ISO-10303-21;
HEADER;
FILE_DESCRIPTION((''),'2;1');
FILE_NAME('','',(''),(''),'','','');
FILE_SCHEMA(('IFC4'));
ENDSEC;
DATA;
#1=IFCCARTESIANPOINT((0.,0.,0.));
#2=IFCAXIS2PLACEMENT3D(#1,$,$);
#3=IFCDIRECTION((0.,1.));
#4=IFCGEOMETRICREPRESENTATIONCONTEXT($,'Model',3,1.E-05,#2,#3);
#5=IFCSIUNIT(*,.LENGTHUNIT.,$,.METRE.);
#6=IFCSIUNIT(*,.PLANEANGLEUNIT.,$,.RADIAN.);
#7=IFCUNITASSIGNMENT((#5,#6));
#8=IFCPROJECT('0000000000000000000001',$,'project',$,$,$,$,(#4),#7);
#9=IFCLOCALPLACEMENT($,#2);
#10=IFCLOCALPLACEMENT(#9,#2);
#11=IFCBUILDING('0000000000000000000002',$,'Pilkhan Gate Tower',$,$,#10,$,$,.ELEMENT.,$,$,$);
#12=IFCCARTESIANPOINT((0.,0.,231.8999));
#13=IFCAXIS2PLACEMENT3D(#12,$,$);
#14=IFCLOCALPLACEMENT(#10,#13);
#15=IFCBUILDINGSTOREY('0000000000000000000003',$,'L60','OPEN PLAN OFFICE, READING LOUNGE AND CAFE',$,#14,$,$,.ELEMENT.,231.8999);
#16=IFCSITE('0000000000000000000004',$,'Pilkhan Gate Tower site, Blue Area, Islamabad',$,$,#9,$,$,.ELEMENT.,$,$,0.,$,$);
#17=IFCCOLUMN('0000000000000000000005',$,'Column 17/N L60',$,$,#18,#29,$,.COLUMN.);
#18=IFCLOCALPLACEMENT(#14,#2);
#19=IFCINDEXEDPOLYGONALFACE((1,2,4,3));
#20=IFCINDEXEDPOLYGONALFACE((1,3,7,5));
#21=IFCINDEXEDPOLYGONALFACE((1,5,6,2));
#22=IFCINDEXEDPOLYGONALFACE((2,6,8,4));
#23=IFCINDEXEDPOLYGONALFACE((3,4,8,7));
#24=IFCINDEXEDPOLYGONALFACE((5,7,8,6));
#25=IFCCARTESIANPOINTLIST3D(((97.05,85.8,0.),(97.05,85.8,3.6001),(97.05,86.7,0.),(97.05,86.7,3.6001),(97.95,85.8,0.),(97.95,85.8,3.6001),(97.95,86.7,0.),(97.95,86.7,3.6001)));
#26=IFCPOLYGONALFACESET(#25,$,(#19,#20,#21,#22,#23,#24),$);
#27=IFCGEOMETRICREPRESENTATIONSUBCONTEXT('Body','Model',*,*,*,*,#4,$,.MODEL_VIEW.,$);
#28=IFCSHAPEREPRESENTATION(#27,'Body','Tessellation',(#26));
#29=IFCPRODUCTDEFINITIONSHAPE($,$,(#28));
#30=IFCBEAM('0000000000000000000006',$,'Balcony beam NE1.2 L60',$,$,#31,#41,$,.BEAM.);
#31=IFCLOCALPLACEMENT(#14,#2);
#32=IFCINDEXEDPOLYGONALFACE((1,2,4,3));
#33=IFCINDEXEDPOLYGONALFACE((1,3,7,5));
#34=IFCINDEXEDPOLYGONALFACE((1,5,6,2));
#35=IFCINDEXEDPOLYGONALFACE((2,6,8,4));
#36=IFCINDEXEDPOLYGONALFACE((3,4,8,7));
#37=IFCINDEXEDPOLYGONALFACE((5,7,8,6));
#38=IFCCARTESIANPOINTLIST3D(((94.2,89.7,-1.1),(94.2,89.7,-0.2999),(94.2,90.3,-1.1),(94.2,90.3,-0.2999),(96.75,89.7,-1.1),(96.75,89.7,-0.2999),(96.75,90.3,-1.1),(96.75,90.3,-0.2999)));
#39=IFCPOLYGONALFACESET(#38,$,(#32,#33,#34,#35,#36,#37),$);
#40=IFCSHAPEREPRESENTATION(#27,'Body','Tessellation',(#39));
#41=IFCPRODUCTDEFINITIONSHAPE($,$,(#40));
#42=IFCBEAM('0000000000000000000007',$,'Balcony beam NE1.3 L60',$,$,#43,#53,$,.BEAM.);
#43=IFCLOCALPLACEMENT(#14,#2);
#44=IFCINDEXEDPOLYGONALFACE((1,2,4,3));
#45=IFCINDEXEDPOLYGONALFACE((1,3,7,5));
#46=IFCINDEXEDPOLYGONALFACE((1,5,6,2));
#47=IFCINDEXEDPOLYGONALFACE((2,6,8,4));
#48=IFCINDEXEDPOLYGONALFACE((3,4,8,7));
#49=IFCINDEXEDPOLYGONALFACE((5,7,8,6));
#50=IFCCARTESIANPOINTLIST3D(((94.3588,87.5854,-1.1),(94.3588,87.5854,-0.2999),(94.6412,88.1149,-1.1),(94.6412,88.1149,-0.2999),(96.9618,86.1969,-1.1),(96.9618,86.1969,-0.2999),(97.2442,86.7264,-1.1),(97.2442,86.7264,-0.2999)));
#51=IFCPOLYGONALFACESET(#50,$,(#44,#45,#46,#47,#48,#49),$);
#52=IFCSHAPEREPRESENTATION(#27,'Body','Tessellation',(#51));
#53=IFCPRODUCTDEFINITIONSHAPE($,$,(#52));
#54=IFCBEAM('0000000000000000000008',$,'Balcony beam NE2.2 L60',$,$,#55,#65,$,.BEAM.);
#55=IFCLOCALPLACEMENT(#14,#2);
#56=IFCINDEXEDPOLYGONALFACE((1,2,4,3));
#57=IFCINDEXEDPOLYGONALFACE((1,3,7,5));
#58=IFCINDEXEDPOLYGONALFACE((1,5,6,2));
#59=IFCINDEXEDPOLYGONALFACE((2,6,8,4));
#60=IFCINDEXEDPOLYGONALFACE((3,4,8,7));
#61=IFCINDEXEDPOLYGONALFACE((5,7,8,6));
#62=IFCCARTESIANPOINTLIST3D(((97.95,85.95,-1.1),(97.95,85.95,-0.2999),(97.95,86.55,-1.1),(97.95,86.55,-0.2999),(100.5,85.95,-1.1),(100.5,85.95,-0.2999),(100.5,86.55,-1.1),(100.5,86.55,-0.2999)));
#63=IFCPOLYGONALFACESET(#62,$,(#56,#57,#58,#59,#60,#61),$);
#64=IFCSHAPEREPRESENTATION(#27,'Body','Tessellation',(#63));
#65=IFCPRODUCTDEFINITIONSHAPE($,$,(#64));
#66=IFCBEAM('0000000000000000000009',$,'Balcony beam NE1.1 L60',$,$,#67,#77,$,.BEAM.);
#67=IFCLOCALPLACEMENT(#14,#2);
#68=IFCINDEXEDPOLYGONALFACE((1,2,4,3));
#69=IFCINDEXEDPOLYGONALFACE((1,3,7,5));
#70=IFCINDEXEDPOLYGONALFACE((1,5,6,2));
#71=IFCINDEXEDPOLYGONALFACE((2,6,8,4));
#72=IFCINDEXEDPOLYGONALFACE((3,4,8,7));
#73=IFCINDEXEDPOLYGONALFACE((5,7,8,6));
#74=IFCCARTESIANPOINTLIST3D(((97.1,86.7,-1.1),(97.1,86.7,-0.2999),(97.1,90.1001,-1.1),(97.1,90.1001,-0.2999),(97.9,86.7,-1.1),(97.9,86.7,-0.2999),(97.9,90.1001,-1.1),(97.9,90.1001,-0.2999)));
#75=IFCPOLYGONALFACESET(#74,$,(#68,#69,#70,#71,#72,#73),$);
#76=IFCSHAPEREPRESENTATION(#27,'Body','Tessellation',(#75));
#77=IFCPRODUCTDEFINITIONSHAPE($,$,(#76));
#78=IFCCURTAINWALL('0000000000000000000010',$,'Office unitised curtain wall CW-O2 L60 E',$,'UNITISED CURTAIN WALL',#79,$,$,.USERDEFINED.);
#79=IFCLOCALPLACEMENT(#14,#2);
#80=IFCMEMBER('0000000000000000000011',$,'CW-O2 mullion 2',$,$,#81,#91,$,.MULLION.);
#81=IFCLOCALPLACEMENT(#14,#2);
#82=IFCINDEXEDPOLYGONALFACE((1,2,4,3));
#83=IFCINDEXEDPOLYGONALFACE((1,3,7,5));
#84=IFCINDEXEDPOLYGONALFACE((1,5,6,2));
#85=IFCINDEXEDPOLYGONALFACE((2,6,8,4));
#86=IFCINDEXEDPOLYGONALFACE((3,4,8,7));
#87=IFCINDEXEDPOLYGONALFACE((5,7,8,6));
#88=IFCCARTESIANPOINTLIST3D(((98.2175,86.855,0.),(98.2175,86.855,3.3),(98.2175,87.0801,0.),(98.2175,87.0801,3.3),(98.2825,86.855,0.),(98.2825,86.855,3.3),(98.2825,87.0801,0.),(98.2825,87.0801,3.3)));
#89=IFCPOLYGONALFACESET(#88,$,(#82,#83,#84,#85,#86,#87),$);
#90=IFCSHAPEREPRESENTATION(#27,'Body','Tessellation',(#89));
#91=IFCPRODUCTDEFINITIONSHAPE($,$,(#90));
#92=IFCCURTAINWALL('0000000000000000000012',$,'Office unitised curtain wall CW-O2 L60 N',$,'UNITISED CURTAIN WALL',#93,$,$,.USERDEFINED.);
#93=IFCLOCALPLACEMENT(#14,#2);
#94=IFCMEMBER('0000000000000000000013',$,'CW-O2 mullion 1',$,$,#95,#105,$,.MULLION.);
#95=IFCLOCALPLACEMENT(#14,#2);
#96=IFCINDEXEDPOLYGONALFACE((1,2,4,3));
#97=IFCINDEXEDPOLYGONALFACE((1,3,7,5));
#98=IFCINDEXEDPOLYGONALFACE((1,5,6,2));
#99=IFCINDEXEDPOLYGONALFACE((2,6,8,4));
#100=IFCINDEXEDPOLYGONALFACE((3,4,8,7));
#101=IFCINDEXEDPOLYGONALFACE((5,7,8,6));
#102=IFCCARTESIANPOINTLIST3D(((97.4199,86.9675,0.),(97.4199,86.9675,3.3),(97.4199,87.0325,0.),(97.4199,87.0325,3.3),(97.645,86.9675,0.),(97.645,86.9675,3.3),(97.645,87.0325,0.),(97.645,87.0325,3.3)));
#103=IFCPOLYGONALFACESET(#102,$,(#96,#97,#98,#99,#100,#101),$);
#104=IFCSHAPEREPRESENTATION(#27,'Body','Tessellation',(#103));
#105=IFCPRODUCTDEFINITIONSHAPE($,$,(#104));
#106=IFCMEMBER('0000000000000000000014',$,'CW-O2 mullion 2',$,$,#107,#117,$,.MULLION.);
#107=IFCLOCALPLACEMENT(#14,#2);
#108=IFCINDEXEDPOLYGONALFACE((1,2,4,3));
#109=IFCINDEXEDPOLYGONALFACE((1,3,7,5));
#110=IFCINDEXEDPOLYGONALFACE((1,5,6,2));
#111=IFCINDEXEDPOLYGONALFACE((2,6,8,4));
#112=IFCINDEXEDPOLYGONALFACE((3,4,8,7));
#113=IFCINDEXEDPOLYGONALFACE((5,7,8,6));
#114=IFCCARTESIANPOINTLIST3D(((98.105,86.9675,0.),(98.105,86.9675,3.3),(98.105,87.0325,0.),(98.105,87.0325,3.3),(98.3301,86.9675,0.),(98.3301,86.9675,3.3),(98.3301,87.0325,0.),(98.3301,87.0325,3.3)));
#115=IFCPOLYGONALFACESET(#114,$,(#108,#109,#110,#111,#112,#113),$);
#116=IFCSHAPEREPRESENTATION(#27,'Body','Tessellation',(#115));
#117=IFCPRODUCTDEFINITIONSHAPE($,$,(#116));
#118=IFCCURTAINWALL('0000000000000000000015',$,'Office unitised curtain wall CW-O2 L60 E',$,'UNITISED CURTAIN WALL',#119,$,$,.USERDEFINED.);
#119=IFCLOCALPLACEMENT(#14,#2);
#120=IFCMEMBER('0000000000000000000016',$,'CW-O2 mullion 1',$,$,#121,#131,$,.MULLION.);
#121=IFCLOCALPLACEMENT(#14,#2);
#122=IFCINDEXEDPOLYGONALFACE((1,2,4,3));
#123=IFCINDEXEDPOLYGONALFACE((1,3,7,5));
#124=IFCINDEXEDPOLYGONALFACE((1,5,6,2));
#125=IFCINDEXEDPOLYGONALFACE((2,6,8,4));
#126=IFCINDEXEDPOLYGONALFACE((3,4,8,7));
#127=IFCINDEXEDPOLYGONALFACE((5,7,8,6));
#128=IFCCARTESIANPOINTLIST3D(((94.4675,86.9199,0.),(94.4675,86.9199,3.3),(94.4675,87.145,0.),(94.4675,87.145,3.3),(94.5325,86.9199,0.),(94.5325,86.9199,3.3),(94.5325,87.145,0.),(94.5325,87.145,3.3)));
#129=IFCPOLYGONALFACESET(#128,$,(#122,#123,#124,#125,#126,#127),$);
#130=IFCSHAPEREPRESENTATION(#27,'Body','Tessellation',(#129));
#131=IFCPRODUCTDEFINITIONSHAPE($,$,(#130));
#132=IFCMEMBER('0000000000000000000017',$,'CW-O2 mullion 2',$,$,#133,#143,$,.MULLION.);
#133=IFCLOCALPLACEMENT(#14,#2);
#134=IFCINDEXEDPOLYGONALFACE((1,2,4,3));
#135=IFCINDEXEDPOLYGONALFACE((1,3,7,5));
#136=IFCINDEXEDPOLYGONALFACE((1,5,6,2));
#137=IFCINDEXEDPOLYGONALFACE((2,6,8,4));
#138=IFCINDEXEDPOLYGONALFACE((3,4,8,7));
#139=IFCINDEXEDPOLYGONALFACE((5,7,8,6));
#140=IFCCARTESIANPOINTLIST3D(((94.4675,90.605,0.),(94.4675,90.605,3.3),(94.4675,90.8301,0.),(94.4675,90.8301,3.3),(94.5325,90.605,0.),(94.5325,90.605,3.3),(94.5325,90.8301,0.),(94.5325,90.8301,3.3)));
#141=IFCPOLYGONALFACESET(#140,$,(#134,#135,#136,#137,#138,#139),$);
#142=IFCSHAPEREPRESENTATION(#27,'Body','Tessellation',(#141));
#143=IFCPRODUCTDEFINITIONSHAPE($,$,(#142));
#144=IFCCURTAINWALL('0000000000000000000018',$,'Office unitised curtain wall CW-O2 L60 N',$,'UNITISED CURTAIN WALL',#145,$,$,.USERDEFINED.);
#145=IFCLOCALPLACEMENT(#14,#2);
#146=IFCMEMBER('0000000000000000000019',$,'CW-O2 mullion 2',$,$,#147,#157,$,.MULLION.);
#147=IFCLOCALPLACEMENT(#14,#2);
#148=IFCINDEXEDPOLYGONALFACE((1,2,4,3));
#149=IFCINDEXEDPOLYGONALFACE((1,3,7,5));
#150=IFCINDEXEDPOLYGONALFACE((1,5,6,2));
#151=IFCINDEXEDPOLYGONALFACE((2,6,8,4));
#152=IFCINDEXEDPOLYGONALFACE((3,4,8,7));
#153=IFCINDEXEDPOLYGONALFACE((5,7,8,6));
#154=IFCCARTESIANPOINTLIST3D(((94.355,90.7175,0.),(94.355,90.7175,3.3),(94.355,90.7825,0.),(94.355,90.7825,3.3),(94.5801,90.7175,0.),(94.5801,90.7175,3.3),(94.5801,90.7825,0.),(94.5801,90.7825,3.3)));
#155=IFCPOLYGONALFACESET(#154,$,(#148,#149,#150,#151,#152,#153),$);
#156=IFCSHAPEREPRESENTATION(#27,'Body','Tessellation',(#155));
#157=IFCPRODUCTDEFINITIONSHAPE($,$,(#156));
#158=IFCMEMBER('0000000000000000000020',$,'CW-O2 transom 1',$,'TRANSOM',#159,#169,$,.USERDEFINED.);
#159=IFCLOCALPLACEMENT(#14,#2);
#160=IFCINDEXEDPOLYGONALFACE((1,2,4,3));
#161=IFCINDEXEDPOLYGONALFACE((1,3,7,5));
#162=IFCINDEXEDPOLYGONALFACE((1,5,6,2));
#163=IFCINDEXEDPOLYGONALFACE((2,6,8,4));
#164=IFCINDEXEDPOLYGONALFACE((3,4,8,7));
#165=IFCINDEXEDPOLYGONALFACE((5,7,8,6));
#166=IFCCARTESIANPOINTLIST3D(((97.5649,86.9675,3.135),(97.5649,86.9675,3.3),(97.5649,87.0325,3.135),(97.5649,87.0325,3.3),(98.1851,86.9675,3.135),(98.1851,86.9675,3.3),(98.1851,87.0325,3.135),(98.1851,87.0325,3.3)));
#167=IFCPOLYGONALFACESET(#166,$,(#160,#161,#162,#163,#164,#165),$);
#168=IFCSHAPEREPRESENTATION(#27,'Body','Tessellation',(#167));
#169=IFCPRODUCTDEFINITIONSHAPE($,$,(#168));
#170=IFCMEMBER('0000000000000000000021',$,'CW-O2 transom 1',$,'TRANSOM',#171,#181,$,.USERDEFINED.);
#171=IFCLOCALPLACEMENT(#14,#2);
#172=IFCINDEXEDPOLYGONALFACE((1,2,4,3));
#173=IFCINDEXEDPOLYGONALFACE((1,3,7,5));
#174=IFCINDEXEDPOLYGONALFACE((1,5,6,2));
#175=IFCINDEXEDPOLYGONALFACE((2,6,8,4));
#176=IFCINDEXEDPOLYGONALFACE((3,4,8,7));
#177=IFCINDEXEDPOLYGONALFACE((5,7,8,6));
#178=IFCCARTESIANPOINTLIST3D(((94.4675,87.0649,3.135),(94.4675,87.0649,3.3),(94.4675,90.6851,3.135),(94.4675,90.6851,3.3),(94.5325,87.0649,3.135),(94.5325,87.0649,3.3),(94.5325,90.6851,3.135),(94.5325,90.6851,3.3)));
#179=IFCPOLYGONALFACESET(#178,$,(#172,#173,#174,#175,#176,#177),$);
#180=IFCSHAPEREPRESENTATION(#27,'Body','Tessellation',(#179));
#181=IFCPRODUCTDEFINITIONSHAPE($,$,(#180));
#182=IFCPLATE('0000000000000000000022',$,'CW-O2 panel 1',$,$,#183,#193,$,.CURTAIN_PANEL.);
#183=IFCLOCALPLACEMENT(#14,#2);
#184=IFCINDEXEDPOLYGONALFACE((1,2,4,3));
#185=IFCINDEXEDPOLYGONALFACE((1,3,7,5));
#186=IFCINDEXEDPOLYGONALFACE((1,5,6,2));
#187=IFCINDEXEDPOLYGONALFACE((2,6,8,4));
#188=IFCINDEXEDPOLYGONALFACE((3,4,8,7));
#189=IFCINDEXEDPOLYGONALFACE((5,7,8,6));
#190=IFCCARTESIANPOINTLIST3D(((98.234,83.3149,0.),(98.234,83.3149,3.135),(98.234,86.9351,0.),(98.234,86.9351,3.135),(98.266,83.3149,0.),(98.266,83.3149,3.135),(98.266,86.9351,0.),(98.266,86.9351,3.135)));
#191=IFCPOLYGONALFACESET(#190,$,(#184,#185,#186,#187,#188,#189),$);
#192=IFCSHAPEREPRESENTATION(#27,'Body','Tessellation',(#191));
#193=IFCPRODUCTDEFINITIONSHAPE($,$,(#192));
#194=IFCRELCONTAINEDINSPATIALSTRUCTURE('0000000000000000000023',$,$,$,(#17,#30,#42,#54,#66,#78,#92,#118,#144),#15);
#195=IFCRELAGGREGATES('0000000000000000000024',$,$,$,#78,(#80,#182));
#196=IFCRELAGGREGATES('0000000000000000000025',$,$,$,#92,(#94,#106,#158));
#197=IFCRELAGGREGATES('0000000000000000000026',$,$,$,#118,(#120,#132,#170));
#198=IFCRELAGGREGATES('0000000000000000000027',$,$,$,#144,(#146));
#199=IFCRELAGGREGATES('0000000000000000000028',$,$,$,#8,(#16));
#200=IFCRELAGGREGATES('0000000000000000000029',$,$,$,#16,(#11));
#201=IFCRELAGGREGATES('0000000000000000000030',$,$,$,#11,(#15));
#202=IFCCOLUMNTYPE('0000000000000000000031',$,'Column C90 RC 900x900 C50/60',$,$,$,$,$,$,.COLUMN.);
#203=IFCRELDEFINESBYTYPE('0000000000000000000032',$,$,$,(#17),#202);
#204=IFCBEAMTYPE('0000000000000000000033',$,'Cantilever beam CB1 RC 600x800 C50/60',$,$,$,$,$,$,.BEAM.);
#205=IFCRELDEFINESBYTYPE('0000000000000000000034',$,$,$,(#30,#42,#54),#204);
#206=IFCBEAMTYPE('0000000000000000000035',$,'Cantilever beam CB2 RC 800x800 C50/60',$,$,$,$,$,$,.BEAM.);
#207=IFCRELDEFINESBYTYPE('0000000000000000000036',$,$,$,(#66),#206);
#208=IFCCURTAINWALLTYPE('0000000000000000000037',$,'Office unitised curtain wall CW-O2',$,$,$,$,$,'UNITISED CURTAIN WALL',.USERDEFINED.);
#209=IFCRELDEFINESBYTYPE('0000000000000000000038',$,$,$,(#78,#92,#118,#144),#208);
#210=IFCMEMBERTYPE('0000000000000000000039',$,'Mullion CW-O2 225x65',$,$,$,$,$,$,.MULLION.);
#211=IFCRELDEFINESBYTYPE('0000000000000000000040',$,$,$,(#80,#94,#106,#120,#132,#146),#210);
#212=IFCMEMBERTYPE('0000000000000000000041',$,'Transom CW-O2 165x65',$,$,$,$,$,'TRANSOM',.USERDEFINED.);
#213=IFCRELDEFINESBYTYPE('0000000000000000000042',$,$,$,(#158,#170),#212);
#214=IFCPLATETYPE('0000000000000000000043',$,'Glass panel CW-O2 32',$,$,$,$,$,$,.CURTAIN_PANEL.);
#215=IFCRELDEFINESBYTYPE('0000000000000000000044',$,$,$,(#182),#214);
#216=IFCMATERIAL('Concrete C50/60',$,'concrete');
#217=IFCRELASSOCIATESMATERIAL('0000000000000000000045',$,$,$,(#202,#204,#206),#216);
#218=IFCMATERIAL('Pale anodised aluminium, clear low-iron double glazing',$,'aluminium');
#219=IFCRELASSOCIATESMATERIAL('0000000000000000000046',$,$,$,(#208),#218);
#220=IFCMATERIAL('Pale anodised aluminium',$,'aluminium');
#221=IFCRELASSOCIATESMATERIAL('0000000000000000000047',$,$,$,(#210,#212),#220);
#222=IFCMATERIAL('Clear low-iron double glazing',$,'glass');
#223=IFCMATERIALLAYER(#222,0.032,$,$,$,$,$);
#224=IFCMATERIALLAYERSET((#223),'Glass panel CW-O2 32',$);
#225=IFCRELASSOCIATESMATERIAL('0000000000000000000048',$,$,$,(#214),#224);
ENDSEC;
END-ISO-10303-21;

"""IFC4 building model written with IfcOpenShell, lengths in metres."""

from ifc_helpers import new_model, si_unit, direction, frame, origin, origin_2d, place, context, subcontext, project, spatial, rectangle, extrude, material, layer, layer_set, material_profile, profile_set, type_object, element, aggregate, save


model = new_model("IFC4")

# Units and contexts
model_context = context("Model", 3, precision=1e-05, world=origin(), true_north=direction((0.0, 1.0)))
body_context = subcontext(model_context, "Body", "Model", "MODEL_VIEW")
ifc_project = project(units=[si_unit("LENGTHUNIT", "METRE"), si_unit("PLANEANGLEUNIT", "RADIAN")], contexts=[model_context])

# Site, building, storey
site_placement = place(None, origin())
site = spatial("IfcSite", under=ifc_project, at=site_placement, Name="Pilkhan Gate Tower site, Blue Area, Islamabad", CompositionType="ELEMENT", RefElevation=0.0)
building_placement = place(site_placement, origin())
building = spatial("IfcBuilding", under=site, at=building_placement, Name="Pilkhan Gate Tower", CompositionType="ELEMENT")
storey_placement = place(building_placement, frame((0.0, 0.0, 231.8999)))
storey = spatial("IfcBuildingStorey", under=building, at=storey_placement, Name="L60", Description="OPEN PLAN OFFICE, READING LOUNGE AND CAFE", CompositionType="ELEMENT", Elevation=231.8999)

# Column
ifc_material_1 = material(Name="Concrete C50/60", Category="concrete")
ifc_material_profile_1 = material_profile(ifc_material_1, rectangle(XDim=0.8999, YDim=0.8999, at=origin_2d()), Name="RC 900x900")
ifc_profile_set_1 = profile_set([ifc_material_profile_1], Name="Concrete C50/60")
column_type = type_object("IfcColumnType", Name="Column C90 RC 900x900 C50/60", PredefinedType="COLUMN", material=ifc_profile_set_1)
column_placement = place(storey_placement, frame((97.5, 86.25, 0.0), z_axis=(0.0, 0.0, 1.0), x_axis=(1.0, 0.0, 0.0)))
element("IfcColumn", 1, at=column_placement, inside=storey, type_object=column_type, Name="Column 17/N L60", PredefinedType="COLUMN", context=body_context, shape_type="SweptSolid", body=[
    extrude(rectangle(XDim=0.8999, YDim=0.8999, at=origin_2d()), origin(), (0.0, 0.0, 1.0), 3.6001),
])

# Beams
ifc_material_profile_2 = material_profile(ifc_material_1, rectangle(XDim=0.6001, YDim=0.8, at=origin_2d()), Name="RC 600x800")
ifc_profile_set_2 = profile_set([ifc_material_profile_2], Name="Concrete C50/60")
beam_type_1 = type_object("IfcBeamType", Name="Cantilever beam CB1 RC 600x800 C50/60", PredefinedType="BEAM", material=ifc_profile_set_2)
beam_1_placement = place(storey_placement, frame((94.2, 90.0, -0.7), z_axis=(1.0, 0.0, 0.0), x_axis=(0.0, 1.0, 0.0)))
element("IfcBeam", 2, at=beam_1_placement, inside=storey, type_object=beam_type_1, Name="Balcony beam NE1.2 L60", PredefinedType="BEAM", context=body_context, shape_type="SweptSolid", body=[
    extrude(rectangle(XDim=0.6001, YDim=0.8, at=origin_2d()), origin(), (0.0, 0.0, 1.0), 2.55),
])
beam_2_placement = place(storey_placement, frame((97.103, 86.4617, -0.7), z_axis=(-0.882332, 0.470627, 0.0), x_axis=(-0.470627, -0.882332, 0.0)))
element("IfcBeam", 3, at=beam_2_placement, inside=storey, type_object=beam_type_1, Name="Balcony beam NE1.3 L60", PredefinedType="BEAM", context=body_context, shape_type="SweptSolid", body=[
    extrude(rectangle(XDim=0.6001, YDim=0.8, at=origin_2d()), origin(), (0.0, 0.0, 1.0), 2.9502),
])
beam_3_placement = place(storey_placement, frame((97.95, 86.25, -0.7), z_axis=(1.0, 0.0, 0.0), x_axis=(0.0, 1.0, 0.0)))
element("IfcBeam", 4, at=beam_3_placement, inside=storey, type_object=beam_type_1, Name="Balcony beam NE2.2 L60", PredefinedType="BEAM", context=body_context, shape_type="SweptSolid", body=[
    extrude(rectangle(XDim=0.6001, YDim=0.8, at=origin_2d()), origin(), (0.0, 0.0, 1.0), 2.55),
])
ifc_material_profile_3 = material_profile(ifc_material_1, rectangle(XDim=0.8, YDim=0.8, at=origin_2d()), Name="RC 800x800")
ifc_profile_set_3 = profile_set([ifc_material_profile_3], Name="Concrete C50/60")
beam_type_2 = type_object("IfcBeamType", Name="Cantilever beam CB2 RC 800x800 C50/60", PredefinedType="BEAM", material=ifc_profile_set_3)
beam_4_placement = place(storey_placement, frame((97.5, 86.7, -0.7), z_axis=(0.0, 1.0, 0.0), x_axis=(-1.0, 0.0, 0.0)))
element("IfcBeam", 5, at=beam_4_placement, inside=storey, type_object=beam_type_2, Name="Balcony beam NE1.1 L60", PredefinedType="BEAM", context=body_context, shape_type="SweptSolid", body=[
    extrude(rectangle(XDim=0.8, YDim=0.8, at=origin_2d()), origin(), (0.0, 0.0, 1.0), 3.4001),
])

# Curtain wall, member
ifc_material_2 = material(Name="Pale anodised aluminium, clear low-iron double glazing", Category="aluminium")
curtain_wall_type = type_object("IfcCurtainWallType", Name="Office unitised curtain wall CW-O2", ElementType="UNITISED CURTAIN WALL", PredefinedType="USERDEFINED", material=ifc_material_2)
curtain_wall_1_placement = place(storey_placement, origin())
curtain_wall_1 = element("IfcCurtainWall", 6, at=curtain_wall_1_placement, inside=storey, type_object=curtain_wall_type, Name="Office unitised curtain wall CW-O2 L60 E", ObjectType="UNITISED CURTAIN WALL", PredefinedType="USERDEFINED")
ifc_material_3 = material(Name="Pale anodised aluminium", Category="aluminium")
ifc_material_profile_4 = material_profile(ifc_material_3, rectangle(XDim=0.0649, YDim=0.2251, at=origin_2d()), Name="Mullion 225x65")
ifc_profile_set_4 = profile_set([ifc_material_profile_4], Name="Pale anodised aluminium")
member_type_1 = type_object("IfcMemberType", Name="Mullion CW-O2 225x65", PredefinedType="MULLION", material=ifc_profile_set_4)
member_1_placement = place(storey_placement, frame((98.25, 86.9675, 0.0), z_axis=(0.0, 0.0, 1.0), x_axis=(-1.0, 0.0, 0.0)))
member_1 = element("IfcMember", 7, at=member_1_placement, type_object=member_type_1, Name="CW-O2 mullion 2", PredefinedType="MULLION", context=body_context, shape_type="SweptSolid", body=[
    extrude(rectangle(XDim=0.0649, YDim=0.2251, at=origin_2d()), origin(), (0.0, 0.0, 1.0), 3.3),
])

# Curtain walls, members
curtain_wall_2_placement = place(storey_placement, origin())
curtain_wall_2 = element("IfcCurtainWall", 8, at=curtain_wall_2_placement, inside=storey, type_object=curtain_wall_type, Name="Office unitised curtain wall CW-O2 L60 N", ObjectType="UNITISED CURTAIN WALL", PredefinedType="USERDEFINED")
member_2_placement = place(storey_placement, frame((97.5325, 87.0, 0.0), z_axis=(0.0, 0.0, 1.0), x_axis=(0.0, 1.0, 0.0)))
member_2 = element("IfcMember", 9, at=member_2_placement, type_object=member_type_1, Name="CW-O2 mullion 1", PredefinedType="MULLION", context=body_context, shape_type="SweptSolid", body=[
    extrude(rectangle(XDim=0.0649, YDim=0.2251, at=origin_2d()), origin(), (0.0, 0.0, 1.0), 3.3),
])
member_3_placement = place(storey_placement, frame((98.2175, 87.0, 0.0), z_axis=(0.0, 0.0, 1.0), x_axis=(0.0, 1.0, 0.0)))
member_3 = element("IfcMember", 10, at=member_3_placement, type_object=member_type_1, Name="CW-O2 mullion 2", PredefinedType="MULLION", context=body_context, shape_type="SweptSolid", body=[
    extrude(rectangle(XDim=0.0649, YDim=0.2251, at=origin_2d()), origin(), (0.0, 0.0, 1.0), 3.3),
])
curtain_wall_3_placement = place(storey_placement, origin())
curtain_wall_3 = element("IfcCurtainWall", 11, at=curtain_wall_3_placement, inside=storey, type_object=curtain_wall_type, Name="Office unitised curtain wall CW-O2 L60 E", ObjectType="UNITISED CURTAIN WALL", PredefinedType="USERDEFINED")
member_4_placement = place(storey_placement, frame((94.5, 87.0325, 0.0), z_axis=(0.0, 0.0, 1.0), x_axis=(-1.0, 0.0, 0.0)))
member_4 = element("IfcMember", 12, at=member_4_placement, type_object=member_type_1, Name="CW-O2 mullion 1", PredefinedType="MULLION", context=body_context, shape_type="SweptSolid", body=[
    extrude(rectangle(XDim=0.0649, YDim=0.2251, at=origin_2d()), origin(), (0.0, 0.0, 1.0), 3.3),
])
member_5_placement = place(storey_placement, frame((94.5, 90.7175, 0.0), z_axis=(0.0, 0.0, 1.0), x_axis=(-1.0, 0.0, 0.0)))
member_5 = element("IfcMember", 13, at=member_5_placement, type_object=member_type_1, Name="CW-O2 mullion 2", PredefinedType="MULLION", context=body_context, shape_type="SweptSolid", body=[
    extrude(rectangle(XDim=0.0649, YDim=0.2251, at=origin_2d()), origin(), (0.0, 0.0, 1.0), 3.3),
])

# Curtain wall, member
curtain_wall_4_placement = place(storey_placement, origin())
curtain_wall_4 = element("IfcCurtainWall", 14, at=curtain_wall_4_placement, inside=storey, type_object=curtain_wall_type, Name="Office unitised curtain wall CW-O2 L60 N", ObjectType="UNITISED CURTAIN WALL", PredefinedType="USERDEFINED")
member_6_placement = place(storey_placement, frame((94.4675, 90.75, 0.0), z_axis=(0.0, 0.0, 1.0), x_axis=(0.0, 1.0, 0.0)))
member_6 = element("IfcMember", 15, at=member_6_placement, type_object=member_type_1, Name="CW-O2 mullion 2", PredefinedType="MULLION", context=body_context, shape_type="SweptSolid", body=[
    extrude(rectangle(XDim=0.0649, YDim=0.2251, at=origin_2d()), origin(), (0.0, 0.0, 1.0), 3.3),
])

# Members
ifc_material_profile_5 = material_profile(ifc_material_3, rectangle(XDim=0.0649, YDim=0.165, at=origin_2d()), Name="Transom 165x65")
ifc_profile_set_5 = profile_set([ifc_material_profile_5], Name="Pale anodised aluminium")
member_type_2 = type_object("IfcMemberType", Name="Transom CW-O2 165x65", ElementType="TRANSOM", PredefinedType="USERDEFINED", material=ifc_profile_set_5)
member_7_placement = place(storey_placement, frame((97.5649, 87.0, 3.2175), z_axis=(1.0, 0.0, 0.0), x_axis=(0.0, 1.0, 0.0)))
member_7 = element("IfcMember", 16, at=member_7_placement, type_object=member_type_2, Name="CW-O2 transom 1", ObjectType="TRANSOM", PredefinedType="USERDEFINED", context=body_context, shape_type="SweptSolid", body=[
    extrude(rectangle(XDim=0.0649, YDim=0.165, at=origin_2d()), origin(), (0.0, 0.0, 1.0), 0.6201),
])
member_8_placement = place(storey_placement, frame((94.5, 87.0649, 3.2175), z_axis=(0.0, 1.0, 0.0), x_axis=(-1.0, 0.0, 0.0)))
member_8 = element("IfcMember", 17, at=member_8_placement, type_object=member_type_2, Name="CW-O2 transom 1", ObjectType="TRANSOM", PredefinedType="USERDEFINED", context=body_context, shape_type="SweptSolid", body=[
    extrude(rectangle(XDim=0.0649, YDim=0.165, at=origin_2d()), origin(), (0.0, 0.0, 1.0), 3.6201),
])

# Plate
ifc_material_4 = material(Name="Clear low-iron double glazing", Category="glass")
ifc_layer_1 = layer(ifc_material_4, 0.032)
ifc_layer_set_1 = layer_set([ifc_layer_1], Name="Glass panel CW-O2 32")
plate_type = type_object("IfcPlateType", Name="Glass panel CW-O2 32", PredefinedType="CURTAIN_PANEL", material=ifc_layer_set_1)
plate_1_placement = place(storey_placement, frame((98.25, 85.125, 0.0), z_axis=(0.0, 0.0, 1.0), x_axis=(0.0, 1.0, 0.0)))
plate_1 = element("IfcPlate", 18, at=plate_1_placement, type_object=plate_type, Name="CW-O2 panel 1", PredefinedType="CURTAIN_PANEL", context=body_context, shape_type="SweptSolid", body=[
    extrude(rectangle(XDim=3.6201, YDim=0.032, at=origin_2d()), origin(), (0.0, 0.0, 1.0), 3.135),
])
aggregate(curtain_wall_1, [member_1, plate_1])
aggregate(curtain_wall_2, [member_2, member_3, member_7])
aggregate(curtain_wall_3, [member_4, member_5, member_8])
aggregate(curtain_wall_4, [member_6])

save(model, "model.ifc")
